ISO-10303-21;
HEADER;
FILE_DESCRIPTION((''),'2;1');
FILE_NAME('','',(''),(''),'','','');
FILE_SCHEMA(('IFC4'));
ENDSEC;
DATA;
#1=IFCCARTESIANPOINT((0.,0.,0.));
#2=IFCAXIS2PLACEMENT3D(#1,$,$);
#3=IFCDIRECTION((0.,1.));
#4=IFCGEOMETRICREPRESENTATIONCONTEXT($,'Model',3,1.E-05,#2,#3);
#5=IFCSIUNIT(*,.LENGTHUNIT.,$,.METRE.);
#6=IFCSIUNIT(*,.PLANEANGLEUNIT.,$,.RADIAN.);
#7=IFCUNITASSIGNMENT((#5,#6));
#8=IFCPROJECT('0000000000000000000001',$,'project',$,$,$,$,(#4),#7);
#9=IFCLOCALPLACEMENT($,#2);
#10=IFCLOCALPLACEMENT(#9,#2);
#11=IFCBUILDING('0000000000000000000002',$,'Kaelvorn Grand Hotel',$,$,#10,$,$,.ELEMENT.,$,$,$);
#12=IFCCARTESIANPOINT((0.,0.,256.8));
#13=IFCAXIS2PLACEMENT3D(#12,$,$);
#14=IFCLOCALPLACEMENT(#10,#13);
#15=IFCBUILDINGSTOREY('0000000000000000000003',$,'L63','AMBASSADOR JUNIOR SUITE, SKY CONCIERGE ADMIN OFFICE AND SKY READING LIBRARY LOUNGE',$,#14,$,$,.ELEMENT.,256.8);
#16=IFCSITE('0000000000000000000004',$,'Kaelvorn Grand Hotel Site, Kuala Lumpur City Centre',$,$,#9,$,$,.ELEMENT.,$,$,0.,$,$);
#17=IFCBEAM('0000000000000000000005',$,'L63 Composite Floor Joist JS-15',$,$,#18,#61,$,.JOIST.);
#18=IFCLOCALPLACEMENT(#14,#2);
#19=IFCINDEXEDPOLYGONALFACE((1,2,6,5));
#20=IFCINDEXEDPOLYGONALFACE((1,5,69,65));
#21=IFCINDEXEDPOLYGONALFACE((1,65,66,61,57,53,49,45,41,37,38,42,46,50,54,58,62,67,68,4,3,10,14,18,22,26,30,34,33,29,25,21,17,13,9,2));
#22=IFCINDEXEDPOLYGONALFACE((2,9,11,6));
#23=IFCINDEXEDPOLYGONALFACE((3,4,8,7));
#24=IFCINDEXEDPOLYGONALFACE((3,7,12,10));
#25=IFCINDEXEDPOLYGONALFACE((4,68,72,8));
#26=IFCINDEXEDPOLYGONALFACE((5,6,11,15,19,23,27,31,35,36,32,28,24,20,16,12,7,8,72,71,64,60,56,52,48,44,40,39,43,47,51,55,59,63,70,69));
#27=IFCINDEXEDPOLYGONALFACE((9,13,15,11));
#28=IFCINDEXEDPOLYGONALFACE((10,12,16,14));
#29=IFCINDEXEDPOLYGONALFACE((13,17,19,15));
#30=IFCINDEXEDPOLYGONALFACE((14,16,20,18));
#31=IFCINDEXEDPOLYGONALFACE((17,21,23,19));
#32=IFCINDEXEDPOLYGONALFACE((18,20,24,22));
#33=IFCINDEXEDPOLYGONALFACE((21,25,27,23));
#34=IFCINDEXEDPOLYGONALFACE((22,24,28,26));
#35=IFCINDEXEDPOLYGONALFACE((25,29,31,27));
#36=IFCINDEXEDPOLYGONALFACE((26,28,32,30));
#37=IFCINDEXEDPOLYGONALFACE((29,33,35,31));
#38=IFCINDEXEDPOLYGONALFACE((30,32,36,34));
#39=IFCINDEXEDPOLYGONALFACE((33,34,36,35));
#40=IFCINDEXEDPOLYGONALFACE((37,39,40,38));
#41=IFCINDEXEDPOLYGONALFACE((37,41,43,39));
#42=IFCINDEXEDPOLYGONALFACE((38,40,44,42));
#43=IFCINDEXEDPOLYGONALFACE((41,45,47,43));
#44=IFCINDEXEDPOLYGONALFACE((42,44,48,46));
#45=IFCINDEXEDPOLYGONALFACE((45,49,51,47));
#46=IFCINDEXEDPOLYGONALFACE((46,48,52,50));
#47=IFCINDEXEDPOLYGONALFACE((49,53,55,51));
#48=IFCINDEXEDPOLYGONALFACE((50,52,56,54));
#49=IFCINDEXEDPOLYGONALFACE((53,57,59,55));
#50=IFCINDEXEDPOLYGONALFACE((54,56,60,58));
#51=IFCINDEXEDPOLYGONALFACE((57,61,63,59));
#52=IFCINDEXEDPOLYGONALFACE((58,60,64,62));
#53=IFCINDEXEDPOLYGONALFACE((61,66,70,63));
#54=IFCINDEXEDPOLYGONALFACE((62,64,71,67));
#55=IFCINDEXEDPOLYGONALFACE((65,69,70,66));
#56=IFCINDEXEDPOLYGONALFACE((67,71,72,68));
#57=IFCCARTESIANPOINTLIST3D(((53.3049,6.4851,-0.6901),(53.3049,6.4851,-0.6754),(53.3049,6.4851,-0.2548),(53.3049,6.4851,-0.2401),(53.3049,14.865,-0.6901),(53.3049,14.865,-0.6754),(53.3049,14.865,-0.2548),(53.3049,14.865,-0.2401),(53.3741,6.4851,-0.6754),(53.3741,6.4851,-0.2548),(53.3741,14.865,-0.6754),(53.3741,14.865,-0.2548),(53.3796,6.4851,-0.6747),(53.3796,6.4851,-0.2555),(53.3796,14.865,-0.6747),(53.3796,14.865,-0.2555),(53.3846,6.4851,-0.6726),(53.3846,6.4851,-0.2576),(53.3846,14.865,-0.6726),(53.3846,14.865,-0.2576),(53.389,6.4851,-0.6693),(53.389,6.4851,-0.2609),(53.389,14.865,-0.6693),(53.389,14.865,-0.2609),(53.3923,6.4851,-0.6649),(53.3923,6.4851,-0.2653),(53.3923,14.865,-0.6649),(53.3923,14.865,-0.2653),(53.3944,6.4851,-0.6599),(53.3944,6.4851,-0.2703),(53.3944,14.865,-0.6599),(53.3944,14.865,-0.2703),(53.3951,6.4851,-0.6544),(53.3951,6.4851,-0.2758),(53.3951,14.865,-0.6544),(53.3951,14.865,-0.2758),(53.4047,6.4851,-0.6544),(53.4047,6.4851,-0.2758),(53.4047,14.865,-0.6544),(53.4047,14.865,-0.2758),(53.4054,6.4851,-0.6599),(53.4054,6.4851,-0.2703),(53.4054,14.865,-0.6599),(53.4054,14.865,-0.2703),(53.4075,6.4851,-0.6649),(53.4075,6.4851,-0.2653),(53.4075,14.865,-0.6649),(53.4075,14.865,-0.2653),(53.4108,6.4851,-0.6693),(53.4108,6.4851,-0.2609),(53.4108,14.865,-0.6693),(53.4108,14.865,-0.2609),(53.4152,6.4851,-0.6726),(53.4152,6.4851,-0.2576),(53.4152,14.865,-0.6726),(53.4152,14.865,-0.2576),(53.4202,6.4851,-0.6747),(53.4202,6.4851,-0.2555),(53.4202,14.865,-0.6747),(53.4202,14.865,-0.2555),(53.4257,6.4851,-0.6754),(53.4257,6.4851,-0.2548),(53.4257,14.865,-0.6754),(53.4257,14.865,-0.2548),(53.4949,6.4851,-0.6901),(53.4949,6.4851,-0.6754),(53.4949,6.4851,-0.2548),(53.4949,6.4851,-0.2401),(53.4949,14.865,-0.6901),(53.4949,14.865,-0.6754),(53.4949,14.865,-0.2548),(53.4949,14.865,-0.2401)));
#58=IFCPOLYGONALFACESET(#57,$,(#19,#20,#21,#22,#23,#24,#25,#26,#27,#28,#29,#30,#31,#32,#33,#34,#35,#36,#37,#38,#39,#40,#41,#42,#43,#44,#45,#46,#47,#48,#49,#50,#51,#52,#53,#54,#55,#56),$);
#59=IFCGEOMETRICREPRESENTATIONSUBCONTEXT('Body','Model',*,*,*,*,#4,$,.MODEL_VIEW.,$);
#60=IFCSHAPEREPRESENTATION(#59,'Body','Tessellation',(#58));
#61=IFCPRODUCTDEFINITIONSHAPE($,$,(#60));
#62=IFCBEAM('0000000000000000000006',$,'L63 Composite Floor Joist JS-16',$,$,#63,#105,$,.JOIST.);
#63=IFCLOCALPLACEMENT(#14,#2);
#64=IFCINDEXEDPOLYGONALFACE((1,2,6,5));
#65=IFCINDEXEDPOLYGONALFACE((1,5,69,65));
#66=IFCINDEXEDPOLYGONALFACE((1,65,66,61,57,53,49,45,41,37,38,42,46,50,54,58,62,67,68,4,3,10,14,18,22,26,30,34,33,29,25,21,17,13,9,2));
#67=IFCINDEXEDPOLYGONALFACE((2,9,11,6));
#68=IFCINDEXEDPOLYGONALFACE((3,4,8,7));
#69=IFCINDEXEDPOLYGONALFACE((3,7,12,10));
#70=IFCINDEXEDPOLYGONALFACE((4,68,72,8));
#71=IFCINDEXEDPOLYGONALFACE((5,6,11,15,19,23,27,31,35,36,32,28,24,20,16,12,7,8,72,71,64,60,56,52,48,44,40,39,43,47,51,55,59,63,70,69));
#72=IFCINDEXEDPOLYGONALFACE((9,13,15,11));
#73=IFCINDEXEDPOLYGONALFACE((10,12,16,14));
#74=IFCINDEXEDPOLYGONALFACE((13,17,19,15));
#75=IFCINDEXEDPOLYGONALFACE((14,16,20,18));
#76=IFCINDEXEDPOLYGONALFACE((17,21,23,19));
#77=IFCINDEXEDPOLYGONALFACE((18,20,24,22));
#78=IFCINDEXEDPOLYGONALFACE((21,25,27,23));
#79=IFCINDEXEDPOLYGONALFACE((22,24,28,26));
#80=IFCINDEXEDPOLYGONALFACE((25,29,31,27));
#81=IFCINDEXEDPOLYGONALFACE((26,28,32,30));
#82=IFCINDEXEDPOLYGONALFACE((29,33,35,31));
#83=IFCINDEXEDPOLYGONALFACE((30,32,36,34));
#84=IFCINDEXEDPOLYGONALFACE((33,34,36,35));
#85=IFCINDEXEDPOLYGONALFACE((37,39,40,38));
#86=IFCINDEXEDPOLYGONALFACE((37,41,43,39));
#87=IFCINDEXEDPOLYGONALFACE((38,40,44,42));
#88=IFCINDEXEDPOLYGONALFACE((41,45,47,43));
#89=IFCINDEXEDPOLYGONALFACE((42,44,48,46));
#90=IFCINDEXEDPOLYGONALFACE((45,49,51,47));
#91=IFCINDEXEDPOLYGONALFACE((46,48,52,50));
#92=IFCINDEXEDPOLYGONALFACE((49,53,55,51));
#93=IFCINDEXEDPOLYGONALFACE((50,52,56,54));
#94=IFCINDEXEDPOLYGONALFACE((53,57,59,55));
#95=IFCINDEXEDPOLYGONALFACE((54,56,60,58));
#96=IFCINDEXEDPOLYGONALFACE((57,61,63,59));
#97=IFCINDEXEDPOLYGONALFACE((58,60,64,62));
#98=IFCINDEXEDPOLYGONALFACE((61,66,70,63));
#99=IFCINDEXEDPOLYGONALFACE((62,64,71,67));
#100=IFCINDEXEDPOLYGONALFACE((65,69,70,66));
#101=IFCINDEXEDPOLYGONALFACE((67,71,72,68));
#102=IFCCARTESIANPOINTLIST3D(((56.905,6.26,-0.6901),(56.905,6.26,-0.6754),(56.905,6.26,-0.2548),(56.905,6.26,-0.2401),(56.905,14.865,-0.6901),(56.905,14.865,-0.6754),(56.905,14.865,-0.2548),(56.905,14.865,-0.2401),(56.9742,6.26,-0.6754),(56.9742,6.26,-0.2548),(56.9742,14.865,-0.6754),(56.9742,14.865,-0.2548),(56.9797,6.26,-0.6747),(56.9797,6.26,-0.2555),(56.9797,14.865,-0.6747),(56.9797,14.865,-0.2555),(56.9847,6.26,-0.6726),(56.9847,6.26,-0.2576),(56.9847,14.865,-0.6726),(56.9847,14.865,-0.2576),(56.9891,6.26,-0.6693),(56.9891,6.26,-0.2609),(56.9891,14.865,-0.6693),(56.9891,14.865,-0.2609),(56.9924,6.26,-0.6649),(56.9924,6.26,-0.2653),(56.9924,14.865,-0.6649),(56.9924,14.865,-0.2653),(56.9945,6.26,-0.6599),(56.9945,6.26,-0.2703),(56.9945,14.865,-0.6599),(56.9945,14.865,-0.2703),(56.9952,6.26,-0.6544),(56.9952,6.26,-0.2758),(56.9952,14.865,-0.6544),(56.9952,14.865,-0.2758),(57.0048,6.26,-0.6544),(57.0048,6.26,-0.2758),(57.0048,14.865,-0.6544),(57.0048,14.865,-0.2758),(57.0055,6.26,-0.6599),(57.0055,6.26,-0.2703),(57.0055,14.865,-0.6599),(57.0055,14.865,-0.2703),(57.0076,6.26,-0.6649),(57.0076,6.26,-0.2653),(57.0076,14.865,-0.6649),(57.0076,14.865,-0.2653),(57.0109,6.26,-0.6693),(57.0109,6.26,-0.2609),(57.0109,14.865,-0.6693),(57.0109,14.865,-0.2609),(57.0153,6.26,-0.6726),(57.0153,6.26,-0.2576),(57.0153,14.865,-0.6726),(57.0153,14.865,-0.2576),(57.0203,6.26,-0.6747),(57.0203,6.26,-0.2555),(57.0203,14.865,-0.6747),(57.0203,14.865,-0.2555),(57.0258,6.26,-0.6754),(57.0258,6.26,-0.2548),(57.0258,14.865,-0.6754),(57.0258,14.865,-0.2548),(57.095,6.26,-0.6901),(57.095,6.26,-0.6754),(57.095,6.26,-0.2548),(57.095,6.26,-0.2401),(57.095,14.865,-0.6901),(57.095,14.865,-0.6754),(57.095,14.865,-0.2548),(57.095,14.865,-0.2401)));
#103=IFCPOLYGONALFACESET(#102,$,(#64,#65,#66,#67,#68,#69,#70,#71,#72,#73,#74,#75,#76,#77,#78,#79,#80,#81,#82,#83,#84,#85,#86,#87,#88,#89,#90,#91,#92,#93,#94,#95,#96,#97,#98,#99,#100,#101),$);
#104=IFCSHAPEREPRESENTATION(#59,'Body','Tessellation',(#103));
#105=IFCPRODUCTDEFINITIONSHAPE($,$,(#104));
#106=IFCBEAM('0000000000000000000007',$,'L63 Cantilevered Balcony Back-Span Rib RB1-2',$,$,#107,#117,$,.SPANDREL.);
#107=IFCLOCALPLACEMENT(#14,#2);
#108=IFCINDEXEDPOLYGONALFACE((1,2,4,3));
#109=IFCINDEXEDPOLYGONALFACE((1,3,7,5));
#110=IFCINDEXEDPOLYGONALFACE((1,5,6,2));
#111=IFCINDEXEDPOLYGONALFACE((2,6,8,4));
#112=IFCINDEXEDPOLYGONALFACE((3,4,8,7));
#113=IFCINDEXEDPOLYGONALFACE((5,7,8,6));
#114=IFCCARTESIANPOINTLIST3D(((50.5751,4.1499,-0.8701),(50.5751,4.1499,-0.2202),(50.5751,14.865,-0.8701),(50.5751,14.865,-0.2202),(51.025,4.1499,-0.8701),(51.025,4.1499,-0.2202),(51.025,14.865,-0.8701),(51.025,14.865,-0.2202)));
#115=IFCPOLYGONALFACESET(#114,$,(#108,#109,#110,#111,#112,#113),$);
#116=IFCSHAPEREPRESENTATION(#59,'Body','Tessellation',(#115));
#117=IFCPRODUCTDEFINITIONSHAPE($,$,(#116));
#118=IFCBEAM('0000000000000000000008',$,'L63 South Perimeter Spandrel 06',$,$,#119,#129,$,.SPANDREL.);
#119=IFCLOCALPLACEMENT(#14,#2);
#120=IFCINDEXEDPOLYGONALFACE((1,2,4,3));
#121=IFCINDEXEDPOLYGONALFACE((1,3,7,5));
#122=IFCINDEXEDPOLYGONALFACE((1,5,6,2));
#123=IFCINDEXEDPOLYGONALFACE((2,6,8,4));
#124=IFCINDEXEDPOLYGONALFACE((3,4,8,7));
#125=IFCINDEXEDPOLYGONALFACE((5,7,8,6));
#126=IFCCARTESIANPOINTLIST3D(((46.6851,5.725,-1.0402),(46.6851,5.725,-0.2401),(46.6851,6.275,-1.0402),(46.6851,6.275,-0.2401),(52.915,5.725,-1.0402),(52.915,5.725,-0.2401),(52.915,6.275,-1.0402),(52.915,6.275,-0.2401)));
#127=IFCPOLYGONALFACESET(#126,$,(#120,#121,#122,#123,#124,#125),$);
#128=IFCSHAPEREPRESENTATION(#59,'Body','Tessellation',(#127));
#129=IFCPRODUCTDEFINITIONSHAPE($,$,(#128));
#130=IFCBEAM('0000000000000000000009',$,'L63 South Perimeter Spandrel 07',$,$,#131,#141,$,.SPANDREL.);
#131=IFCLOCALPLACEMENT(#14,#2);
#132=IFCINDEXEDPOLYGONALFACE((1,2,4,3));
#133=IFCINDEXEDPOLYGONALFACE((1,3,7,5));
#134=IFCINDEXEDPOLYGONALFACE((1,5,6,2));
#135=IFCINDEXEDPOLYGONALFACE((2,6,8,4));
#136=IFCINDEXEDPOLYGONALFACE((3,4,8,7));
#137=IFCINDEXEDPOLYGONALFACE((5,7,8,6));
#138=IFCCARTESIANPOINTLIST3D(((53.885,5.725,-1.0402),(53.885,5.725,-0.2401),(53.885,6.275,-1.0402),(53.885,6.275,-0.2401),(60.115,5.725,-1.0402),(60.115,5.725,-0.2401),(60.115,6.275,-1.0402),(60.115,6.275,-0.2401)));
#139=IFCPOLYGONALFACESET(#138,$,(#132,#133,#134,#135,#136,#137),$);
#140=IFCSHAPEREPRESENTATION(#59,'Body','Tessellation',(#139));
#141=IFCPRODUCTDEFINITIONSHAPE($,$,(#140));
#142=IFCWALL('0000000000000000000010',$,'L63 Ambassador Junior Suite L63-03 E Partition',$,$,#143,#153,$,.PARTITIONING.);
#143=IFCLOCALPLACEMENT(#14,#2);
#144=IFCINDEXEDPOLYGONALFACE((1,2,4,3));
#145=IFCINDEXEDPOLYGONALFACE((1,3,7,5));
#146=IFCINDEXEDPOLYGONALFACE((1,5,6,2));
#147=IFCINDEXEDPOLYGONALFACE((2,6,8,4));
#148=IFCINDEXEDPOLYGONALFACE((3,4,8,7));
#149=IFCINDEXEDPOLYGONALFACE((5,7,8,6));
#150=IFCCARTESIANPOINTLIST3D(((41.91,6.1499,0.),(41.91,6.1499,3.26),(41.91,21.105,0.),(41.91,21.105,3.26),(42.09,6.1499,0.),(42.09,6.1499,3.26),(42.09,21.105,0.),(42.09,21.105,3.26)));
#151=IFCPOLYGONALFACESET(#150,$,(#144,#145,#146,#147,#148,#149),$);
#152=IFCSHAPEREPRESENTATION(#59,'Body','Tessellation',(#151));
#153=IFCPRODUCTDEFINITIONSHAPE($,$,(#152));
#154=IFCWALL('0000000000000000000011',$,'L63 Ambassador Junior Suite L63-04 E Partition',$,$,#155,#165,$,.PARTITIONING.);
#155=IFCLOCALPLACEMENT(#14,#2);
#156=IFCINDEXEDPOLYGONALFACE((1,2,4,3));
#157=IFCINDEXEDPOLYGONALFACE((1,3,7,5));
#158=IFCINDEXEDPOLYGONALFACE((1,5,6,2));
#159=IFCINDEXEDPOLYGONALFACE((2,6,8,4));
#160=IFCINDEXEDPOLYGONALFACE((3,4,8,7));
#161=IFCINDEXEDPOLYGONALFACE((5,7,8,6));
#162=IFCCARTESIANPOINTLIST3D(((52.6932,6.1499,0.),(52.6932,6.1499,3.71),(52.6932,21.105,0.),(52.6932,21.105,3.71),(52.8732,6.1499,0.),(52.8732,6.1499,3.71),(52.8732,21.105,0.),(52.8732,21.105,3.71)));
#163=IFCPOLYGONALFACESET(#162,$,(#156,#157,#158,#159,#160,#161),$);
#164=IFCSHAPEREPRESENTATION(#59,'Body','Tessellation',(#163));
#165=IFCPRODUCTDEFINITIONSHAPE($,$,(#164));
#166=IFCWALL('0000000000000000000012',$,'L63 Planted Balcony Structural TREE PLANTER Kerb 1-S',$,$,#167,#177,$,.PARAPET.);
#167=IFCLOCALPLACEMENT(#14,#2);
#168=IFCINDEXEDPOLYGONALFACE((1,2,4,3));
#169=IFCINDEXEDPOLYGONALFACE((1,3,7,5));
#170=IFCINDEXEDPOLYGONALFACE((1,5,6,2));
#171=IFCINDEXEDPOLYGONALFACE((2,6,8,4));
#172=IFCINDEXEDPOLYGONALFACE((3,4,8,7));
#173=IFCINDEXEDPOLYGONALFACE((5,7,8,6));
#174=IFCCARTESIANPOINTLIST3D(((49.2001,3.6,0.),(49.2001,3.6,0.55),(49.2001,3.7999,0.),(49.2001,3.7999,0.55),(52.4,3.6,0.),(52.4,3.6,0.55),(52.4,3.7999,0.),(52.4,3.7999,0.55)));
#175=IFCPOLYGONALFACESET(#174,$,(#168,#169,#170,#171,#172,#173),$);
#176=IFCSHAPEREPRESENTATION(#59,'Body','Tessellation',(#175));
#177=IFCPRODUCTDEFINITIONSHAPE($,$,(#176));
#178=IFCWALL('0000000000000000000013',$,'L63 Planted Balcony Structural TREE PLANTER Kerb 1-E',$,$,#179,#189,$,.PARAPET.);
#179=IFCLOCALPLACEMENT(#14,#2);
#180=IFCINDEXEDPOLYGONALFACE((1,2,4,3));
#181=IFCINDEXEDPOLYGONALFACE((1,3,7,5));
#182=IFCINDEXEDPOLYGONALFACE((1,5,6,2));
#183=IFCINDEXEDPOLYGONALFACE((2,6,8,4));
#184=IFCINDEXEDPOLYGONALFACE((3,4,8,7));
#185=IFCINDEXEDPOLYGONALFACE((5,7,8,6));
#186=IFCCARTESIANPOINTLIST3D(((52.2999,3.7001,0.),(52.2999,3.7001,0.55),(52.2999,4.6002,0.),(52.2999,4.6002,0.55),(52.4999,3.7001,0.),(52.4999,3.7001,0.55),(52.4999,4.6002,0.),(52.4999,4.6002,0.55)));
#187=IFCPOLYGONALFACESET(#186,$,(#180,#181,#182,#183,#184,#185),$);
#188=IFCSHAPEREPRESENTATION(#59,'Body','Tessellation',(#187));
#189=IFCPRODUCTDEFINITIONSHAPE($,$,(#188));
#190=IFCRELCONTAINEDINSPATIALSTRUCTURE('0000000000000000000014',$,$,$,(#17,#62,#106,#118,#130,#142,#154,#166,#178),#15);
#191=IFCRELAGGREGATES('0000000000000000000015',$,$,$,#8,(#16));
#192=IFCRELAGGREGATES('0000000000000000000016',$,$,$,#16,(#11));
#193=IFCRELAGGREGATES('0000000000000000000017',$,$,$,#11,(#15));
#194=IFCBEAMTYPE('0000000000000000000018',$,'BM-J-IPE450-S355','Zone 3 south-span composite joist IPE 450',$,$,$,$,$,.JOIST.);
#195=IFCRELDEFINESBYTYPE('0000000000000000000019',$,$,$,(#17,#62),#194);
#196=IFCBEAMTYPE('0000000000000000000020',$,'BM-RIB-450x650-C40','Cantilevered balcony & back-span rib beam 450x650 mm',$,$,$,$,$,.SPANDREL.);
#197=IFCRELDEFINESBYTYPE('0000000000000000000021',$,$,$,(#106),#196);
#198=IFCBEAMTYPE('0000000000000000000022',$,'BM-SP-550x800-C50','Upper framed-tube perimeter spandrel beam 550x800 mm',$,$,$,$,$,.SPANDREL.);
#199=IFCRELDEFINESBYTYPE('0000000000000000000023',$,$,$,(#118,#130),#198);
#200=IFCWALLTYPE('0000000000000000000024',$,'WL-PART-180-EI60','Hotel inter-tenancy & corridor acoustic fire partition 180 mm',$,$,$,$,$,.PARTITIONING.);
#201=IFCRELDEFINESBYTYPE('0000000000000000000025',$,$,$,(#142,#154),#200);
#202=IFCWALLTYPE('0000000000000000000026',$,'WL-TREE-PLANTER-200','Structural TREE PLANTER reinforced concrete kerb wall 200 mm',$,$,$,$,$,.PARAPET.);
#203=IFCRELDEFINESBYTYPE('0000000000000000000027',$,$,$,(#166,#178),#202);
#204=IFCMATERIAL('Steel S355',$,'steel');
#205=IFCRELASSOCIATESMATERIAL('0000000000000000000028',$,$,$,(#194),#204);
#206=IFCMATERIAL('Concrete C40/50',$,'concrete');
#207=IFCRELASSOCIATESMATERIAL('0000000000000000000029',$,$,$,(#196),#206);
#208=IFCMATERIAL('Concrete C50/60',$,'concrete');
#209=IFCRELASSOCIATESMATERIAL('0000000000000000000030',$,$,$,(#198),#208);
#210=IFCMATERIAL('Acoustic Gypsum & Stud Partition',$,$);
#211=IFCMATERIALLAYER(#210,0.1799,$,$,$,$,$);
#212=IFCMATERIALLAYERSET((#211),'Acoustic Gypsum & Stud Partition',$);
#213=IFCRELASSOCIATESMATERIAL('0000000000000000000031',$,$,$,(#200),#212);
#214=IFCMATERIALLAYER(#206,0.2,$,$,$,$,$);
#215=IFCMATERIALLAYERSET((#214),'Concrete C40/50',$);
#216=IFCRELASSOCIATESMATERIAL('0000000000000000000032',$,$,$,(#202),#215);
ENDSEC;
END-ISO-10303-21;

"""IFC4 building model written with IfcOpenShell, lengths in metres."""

from ifc_helpers import new_model, si_unit, direction, frame, frame_2d, origin, origin_2d, place, context, subcontext, project, spatial, rectangle, i_section, extrude, material, layer, layer_set, material_profile, profile_set, type_object, element, save


model = new_model("IFC4")

# Units and contexts
model_context = context("Model", 3, precision=1e-05, world=origin(), true_north=direction((0.0, 1.0)))
body_context = subcontext(model_context, "Body", "Model", "MODEL_VIEW")
ifc_project = project(units=[si_unit("LENGTHUNIT", "METRE"), si_unit("PLANEANGLEUNIT", "RADIAN")], contexts=[model_context])

# Site, building, storey
site_placement = place(None, origin())
site = spatial("IfcSite", under=ifc_project, at=site_placement, Name="Kaelvorn Grand Hotel Site, Kuala Lumpur City Centre", CompositionType="ELEMENT", RefElevation=0.0)
building_placement = place(site_placement, origin())
building = spatial("IfcBuilding", under=site, at=building_placement, Name="Kaelvorn Grand Hotel", CompositionType="ELEMENT")
storey_placement = place(building_placement, frame((0.0, 0.0, 256.8)))
storey = spatial("IfcBuildingStorey", under=building, at=storey_placement, Name="L63", Description="AMBASSADOR JUNIOR SUITE, SKY CONCIERGE ADMIN OFFICE AND SKY READING LIBRARY LOUNGE", CompositionType="ELEMENT", Elevation=256.8)

# Shared definitions
ifc_material_1 = material(Name="Concrete C50/60", Category="concrete")

# Beams
ifc_material_2 = material(Name="Steel S355", Category="steel")
ifc_material_profile_1 = material_profile(ifc_material_2, i_section(OverallWidth=0.1899, OverallDepth=0.45, WebThickness=0.0095, FlangeThickness=0.0146, FilletRadius=0.021, at=origin_2d()), Name="IPE 450")
ifc_profile_set_1 = profile_set([ifc_material_profile_1], Name="Steel S355")
beam_type_1 = type_object("IfcBeamType", Name="BM-J-IPE450-S355", Description="Zone 3 south-span composite joist IPE 450", PredefinedType="JOIST", material=ifc_profile_set_1)
beam_1_placement = place(storey_placement, frame((53.3999, 6.4851, -0.4651), z_axis=(0.0, 1.0, 0.0), x_axis=(-1.0, 0.0, 0.0)))
element("IfcBeam", 1, at=beam_1_placement, inside=storey, type_object=beam_type_1, Name="L63 Composite Floor Joist JS-15", PredefinedType="JOIST", context=body_context, shape_type="SweptSolid", body=[
    extrude(i_section(OverallWidth=0.1899, OverallDepth=0.45, WebThickness=0.0095, FlangeThickness=0.0146, FilletRadius=0.021, at=origin_2d()), origin(), (0.0, 0.0, 1.0), 8.3799),
])
beam_2_placement = place(storey_placement, frame((57.0, 6.26, -0.4651), z_axis=(0.0, 1.0, 0.0), x_axis=(-1.0, 0.0, 0.0)))
element("IfcBeam", 2, at=beam_2_placement, inside=storey, type_object=beam_type_1, Name="L63 Composite Floor Joist JS-16", PredefinedType="JOIST", context=body_context, shape_type="SweptSolid", body=[
    extrude(i_section(OverallWidth=0.1899, OverallDepth=0.45, WebThickness=0.0095, FlangeThickness=0.0146, FilletRadius=0.021, at=origin_2d()), origin(), (0.0, 0.0, 1.0), 8.605),
])
ifc_material_3 = material(Name="Concrete C40/50", Category="concrete")
ifc_material_profile_2 = material_profile(ifc_material_3, rectangle(XDim=0.45, YDim=0.6499, at=origin_2d()), Name="RC RIB 450x650")
ifc_profile_set_2 = profile_set([ifc_material_profile_2], Name="Concrete C40/50")
beam_type_2 = type_object("IfcBeamType", Name="BM-RIB-450x650-C40", Description="Cantilevered balcony & back-span rib beam 450x650 mm", PredefinedType="SPANDREL", material=ifc_profile_set_2)
beam_3_placement = place(storey_placement, frame((50.8, 4.1499, -0.5452), z_axis=(0.0, 1.0, 0.0), x_axis=(-1.0, 0.0, 0.0)))
element("IfcBeam", 3, at=beam_3_placement, inside=storey, type_object=beam_type_2, Name="L63 Cantilevered Balcony Back-Span Rib RB1-2", PredefinedType="SPANDREL", context=body_context, shape_type="SweptSolid", body=[
    extrude(rectangle(XDim=0.45, YDim=0.6499, at=origin_2d()), origin(), (0.0, 0.0, 1.0), 10.7151),
])
ifc_material_profile_3 = material_profile(ifc_material_1, rectangle(XDim=0.55, YDim=0.8, at=origin_2d()), Name="RC SPANDREL 550x800")
ifc_profile_set_3 = profile_set([ifc_material_profile_3], Name="Concrete C50/60")
beam_type_3 = type_object("IfcBeamType", Name="BM-SP-550x800-C50", Description="Upper framed-tube perimeter spandrel beam 550x800 mm", PredefinedType="SPANDREL", material=ifc_profile_set_3)
for number, where, z_axis, x_axis, name in (
    (4, (46.6851, 6.0, -0.6401), (1.0, 0.0, 0.0), (0.0, 1.0, 0.0), "L63 South Perimeter Spandrel 06"),
    (5, (53.885, 6.0, -0.6401), (1.0, 0.0, 0.0), (0.0, 1.0, 0.0), "L63 South Perimeter Spandrel 07"),
):
    element("IfcBeam", number, at=place(storey_placement, frame(where, z_axis=z_axis, x_axis=x_axis)), inside=storey, type_object=beam_type_3, Name=name, PredefinedType="SPANDREL", context=body_context, shape_type="SweptSolid", body=[
        extrude(rectangle(XDim=0.55, YDim=0.8, at=origin_2d()), origin(), (0.0, 0.0, 1.0), 6.23),
    ])

# Walls
ifc_material_4 = material(Name="Acoustic Gypsum & Stud Partition")
ifc_layer_1 = layer(ifc_material_4, 0.1799)
ifc_layer_set_1 = layer_set([ifc_layer_1], Name="Acoustic Gypsum & Stud Partition")
wall_type_1 = type_object("IfcWallType", Name="WL-PART-180-EI60", Description="Hotel inter-tenancy & corridor acoustic fire partition 180 mm", PredefinedType="PARTITIONING", material=ifc_layer_set_1)
wall_1_placement = place(storey_placement, frame((42.0, 6.1499, 0.0), z_axis=(0.0, 0.0, 1.0), x_axis=(0.0, 1.0, 0.0)))
element("IfcWall", 6, at=wall_1_placement, inside=storey, type_object=wall_type_1, Name="L63 Ambassador Junior Suite L63-03 E Partition", PredefinedType="PARTITIONING", context=body_context, shape_type="SweptSolid", body=[
    extrude(rectangle(XDim=14.9551, YDim=0.1799, at=frame_2d((7.4775, 0.0))), origin(), (0.0, 0.0, 1.0), 3.26),
])
wall_2_placement = place(storey_placement, frame((52.7832, 6.1499, 0.0), z_axis=(0.0, 0.0, 1.0), x_axis=(0.0, 1.0, 0.0)))
element("IfcWall", 7, at=wall_2_placement, inside=storey, type_object=wall_type_1, Name="L63 Ambassador Junior Suite L63-04 E Partition", PredefinedType="PARTITIONING", context=body_context, shape_type="SweptSolid", body=[
    extrude(rectangle(XDim=14.9551, YDim=0.1799, at=frame_2d((7.4775, 0.0))), origin(), (0.0, 0.0, 1.0), 3.71),
])
ifc_layer_2 = layer(ifc_material_3, 0.2)
ifc_layer_set_2 = layer_set([ifc_layer_2], Name="Concrete C40/50")
wall_type_2 = type_object("IfcWallType", Name="WL-TREE-PLANTER-200", Description="Structural TREE PLANTER reinforced concrete kerb wall 200 mm", PredefinedType="PARAPET", material=ifc_layer_set_2)
wall_3_placement = place(storey_placement, frame((49.2, 3.7, 0.0), z_axis=(0.0, 0.0, 1.0), x_axis=(1.0, 0.0, 0.0)))
element("IfcWall", 8, at=wall_3_placement, inside=storey, type_object=wall_type_2, Name="L63 Planted Balcony Structural TREE PLANTER Kerb 1-S", PredefinedType="PARAPET", context=body_context, shape_type="SweptSolid", body=[
    extrude(rectangle(XDim=3.2, YDim=0.2, at=frame_2d((1.6001, 0.0))), origin(), (0.0, 0.0, 1.0), 0.55),
])
wall_4_placement = place(storey_placement, frame((52.3999, 3.7, 0.0), z_axis=(0.0, 0.0, 1.0), x_axis=(0.0, 1.0, 0.0)))
element("IfcWall", 9, at=wall_4_placement, inside=storey, type_object=wall_type_2, Name="L63 Planted Balcony Structural TREE PLANTER Kerb 1-E", PredefinedType="PARAPET", context=body_context, shape_type="SweptSolid", body=[
    extrude(rectangle(XDim=0.9001, YDim=0.2, at=frame_2d((0.4502, 0.0))), origin(), (0.0, 0.0, 1.0), 0.55),
])

save(model, "model.ifc")
